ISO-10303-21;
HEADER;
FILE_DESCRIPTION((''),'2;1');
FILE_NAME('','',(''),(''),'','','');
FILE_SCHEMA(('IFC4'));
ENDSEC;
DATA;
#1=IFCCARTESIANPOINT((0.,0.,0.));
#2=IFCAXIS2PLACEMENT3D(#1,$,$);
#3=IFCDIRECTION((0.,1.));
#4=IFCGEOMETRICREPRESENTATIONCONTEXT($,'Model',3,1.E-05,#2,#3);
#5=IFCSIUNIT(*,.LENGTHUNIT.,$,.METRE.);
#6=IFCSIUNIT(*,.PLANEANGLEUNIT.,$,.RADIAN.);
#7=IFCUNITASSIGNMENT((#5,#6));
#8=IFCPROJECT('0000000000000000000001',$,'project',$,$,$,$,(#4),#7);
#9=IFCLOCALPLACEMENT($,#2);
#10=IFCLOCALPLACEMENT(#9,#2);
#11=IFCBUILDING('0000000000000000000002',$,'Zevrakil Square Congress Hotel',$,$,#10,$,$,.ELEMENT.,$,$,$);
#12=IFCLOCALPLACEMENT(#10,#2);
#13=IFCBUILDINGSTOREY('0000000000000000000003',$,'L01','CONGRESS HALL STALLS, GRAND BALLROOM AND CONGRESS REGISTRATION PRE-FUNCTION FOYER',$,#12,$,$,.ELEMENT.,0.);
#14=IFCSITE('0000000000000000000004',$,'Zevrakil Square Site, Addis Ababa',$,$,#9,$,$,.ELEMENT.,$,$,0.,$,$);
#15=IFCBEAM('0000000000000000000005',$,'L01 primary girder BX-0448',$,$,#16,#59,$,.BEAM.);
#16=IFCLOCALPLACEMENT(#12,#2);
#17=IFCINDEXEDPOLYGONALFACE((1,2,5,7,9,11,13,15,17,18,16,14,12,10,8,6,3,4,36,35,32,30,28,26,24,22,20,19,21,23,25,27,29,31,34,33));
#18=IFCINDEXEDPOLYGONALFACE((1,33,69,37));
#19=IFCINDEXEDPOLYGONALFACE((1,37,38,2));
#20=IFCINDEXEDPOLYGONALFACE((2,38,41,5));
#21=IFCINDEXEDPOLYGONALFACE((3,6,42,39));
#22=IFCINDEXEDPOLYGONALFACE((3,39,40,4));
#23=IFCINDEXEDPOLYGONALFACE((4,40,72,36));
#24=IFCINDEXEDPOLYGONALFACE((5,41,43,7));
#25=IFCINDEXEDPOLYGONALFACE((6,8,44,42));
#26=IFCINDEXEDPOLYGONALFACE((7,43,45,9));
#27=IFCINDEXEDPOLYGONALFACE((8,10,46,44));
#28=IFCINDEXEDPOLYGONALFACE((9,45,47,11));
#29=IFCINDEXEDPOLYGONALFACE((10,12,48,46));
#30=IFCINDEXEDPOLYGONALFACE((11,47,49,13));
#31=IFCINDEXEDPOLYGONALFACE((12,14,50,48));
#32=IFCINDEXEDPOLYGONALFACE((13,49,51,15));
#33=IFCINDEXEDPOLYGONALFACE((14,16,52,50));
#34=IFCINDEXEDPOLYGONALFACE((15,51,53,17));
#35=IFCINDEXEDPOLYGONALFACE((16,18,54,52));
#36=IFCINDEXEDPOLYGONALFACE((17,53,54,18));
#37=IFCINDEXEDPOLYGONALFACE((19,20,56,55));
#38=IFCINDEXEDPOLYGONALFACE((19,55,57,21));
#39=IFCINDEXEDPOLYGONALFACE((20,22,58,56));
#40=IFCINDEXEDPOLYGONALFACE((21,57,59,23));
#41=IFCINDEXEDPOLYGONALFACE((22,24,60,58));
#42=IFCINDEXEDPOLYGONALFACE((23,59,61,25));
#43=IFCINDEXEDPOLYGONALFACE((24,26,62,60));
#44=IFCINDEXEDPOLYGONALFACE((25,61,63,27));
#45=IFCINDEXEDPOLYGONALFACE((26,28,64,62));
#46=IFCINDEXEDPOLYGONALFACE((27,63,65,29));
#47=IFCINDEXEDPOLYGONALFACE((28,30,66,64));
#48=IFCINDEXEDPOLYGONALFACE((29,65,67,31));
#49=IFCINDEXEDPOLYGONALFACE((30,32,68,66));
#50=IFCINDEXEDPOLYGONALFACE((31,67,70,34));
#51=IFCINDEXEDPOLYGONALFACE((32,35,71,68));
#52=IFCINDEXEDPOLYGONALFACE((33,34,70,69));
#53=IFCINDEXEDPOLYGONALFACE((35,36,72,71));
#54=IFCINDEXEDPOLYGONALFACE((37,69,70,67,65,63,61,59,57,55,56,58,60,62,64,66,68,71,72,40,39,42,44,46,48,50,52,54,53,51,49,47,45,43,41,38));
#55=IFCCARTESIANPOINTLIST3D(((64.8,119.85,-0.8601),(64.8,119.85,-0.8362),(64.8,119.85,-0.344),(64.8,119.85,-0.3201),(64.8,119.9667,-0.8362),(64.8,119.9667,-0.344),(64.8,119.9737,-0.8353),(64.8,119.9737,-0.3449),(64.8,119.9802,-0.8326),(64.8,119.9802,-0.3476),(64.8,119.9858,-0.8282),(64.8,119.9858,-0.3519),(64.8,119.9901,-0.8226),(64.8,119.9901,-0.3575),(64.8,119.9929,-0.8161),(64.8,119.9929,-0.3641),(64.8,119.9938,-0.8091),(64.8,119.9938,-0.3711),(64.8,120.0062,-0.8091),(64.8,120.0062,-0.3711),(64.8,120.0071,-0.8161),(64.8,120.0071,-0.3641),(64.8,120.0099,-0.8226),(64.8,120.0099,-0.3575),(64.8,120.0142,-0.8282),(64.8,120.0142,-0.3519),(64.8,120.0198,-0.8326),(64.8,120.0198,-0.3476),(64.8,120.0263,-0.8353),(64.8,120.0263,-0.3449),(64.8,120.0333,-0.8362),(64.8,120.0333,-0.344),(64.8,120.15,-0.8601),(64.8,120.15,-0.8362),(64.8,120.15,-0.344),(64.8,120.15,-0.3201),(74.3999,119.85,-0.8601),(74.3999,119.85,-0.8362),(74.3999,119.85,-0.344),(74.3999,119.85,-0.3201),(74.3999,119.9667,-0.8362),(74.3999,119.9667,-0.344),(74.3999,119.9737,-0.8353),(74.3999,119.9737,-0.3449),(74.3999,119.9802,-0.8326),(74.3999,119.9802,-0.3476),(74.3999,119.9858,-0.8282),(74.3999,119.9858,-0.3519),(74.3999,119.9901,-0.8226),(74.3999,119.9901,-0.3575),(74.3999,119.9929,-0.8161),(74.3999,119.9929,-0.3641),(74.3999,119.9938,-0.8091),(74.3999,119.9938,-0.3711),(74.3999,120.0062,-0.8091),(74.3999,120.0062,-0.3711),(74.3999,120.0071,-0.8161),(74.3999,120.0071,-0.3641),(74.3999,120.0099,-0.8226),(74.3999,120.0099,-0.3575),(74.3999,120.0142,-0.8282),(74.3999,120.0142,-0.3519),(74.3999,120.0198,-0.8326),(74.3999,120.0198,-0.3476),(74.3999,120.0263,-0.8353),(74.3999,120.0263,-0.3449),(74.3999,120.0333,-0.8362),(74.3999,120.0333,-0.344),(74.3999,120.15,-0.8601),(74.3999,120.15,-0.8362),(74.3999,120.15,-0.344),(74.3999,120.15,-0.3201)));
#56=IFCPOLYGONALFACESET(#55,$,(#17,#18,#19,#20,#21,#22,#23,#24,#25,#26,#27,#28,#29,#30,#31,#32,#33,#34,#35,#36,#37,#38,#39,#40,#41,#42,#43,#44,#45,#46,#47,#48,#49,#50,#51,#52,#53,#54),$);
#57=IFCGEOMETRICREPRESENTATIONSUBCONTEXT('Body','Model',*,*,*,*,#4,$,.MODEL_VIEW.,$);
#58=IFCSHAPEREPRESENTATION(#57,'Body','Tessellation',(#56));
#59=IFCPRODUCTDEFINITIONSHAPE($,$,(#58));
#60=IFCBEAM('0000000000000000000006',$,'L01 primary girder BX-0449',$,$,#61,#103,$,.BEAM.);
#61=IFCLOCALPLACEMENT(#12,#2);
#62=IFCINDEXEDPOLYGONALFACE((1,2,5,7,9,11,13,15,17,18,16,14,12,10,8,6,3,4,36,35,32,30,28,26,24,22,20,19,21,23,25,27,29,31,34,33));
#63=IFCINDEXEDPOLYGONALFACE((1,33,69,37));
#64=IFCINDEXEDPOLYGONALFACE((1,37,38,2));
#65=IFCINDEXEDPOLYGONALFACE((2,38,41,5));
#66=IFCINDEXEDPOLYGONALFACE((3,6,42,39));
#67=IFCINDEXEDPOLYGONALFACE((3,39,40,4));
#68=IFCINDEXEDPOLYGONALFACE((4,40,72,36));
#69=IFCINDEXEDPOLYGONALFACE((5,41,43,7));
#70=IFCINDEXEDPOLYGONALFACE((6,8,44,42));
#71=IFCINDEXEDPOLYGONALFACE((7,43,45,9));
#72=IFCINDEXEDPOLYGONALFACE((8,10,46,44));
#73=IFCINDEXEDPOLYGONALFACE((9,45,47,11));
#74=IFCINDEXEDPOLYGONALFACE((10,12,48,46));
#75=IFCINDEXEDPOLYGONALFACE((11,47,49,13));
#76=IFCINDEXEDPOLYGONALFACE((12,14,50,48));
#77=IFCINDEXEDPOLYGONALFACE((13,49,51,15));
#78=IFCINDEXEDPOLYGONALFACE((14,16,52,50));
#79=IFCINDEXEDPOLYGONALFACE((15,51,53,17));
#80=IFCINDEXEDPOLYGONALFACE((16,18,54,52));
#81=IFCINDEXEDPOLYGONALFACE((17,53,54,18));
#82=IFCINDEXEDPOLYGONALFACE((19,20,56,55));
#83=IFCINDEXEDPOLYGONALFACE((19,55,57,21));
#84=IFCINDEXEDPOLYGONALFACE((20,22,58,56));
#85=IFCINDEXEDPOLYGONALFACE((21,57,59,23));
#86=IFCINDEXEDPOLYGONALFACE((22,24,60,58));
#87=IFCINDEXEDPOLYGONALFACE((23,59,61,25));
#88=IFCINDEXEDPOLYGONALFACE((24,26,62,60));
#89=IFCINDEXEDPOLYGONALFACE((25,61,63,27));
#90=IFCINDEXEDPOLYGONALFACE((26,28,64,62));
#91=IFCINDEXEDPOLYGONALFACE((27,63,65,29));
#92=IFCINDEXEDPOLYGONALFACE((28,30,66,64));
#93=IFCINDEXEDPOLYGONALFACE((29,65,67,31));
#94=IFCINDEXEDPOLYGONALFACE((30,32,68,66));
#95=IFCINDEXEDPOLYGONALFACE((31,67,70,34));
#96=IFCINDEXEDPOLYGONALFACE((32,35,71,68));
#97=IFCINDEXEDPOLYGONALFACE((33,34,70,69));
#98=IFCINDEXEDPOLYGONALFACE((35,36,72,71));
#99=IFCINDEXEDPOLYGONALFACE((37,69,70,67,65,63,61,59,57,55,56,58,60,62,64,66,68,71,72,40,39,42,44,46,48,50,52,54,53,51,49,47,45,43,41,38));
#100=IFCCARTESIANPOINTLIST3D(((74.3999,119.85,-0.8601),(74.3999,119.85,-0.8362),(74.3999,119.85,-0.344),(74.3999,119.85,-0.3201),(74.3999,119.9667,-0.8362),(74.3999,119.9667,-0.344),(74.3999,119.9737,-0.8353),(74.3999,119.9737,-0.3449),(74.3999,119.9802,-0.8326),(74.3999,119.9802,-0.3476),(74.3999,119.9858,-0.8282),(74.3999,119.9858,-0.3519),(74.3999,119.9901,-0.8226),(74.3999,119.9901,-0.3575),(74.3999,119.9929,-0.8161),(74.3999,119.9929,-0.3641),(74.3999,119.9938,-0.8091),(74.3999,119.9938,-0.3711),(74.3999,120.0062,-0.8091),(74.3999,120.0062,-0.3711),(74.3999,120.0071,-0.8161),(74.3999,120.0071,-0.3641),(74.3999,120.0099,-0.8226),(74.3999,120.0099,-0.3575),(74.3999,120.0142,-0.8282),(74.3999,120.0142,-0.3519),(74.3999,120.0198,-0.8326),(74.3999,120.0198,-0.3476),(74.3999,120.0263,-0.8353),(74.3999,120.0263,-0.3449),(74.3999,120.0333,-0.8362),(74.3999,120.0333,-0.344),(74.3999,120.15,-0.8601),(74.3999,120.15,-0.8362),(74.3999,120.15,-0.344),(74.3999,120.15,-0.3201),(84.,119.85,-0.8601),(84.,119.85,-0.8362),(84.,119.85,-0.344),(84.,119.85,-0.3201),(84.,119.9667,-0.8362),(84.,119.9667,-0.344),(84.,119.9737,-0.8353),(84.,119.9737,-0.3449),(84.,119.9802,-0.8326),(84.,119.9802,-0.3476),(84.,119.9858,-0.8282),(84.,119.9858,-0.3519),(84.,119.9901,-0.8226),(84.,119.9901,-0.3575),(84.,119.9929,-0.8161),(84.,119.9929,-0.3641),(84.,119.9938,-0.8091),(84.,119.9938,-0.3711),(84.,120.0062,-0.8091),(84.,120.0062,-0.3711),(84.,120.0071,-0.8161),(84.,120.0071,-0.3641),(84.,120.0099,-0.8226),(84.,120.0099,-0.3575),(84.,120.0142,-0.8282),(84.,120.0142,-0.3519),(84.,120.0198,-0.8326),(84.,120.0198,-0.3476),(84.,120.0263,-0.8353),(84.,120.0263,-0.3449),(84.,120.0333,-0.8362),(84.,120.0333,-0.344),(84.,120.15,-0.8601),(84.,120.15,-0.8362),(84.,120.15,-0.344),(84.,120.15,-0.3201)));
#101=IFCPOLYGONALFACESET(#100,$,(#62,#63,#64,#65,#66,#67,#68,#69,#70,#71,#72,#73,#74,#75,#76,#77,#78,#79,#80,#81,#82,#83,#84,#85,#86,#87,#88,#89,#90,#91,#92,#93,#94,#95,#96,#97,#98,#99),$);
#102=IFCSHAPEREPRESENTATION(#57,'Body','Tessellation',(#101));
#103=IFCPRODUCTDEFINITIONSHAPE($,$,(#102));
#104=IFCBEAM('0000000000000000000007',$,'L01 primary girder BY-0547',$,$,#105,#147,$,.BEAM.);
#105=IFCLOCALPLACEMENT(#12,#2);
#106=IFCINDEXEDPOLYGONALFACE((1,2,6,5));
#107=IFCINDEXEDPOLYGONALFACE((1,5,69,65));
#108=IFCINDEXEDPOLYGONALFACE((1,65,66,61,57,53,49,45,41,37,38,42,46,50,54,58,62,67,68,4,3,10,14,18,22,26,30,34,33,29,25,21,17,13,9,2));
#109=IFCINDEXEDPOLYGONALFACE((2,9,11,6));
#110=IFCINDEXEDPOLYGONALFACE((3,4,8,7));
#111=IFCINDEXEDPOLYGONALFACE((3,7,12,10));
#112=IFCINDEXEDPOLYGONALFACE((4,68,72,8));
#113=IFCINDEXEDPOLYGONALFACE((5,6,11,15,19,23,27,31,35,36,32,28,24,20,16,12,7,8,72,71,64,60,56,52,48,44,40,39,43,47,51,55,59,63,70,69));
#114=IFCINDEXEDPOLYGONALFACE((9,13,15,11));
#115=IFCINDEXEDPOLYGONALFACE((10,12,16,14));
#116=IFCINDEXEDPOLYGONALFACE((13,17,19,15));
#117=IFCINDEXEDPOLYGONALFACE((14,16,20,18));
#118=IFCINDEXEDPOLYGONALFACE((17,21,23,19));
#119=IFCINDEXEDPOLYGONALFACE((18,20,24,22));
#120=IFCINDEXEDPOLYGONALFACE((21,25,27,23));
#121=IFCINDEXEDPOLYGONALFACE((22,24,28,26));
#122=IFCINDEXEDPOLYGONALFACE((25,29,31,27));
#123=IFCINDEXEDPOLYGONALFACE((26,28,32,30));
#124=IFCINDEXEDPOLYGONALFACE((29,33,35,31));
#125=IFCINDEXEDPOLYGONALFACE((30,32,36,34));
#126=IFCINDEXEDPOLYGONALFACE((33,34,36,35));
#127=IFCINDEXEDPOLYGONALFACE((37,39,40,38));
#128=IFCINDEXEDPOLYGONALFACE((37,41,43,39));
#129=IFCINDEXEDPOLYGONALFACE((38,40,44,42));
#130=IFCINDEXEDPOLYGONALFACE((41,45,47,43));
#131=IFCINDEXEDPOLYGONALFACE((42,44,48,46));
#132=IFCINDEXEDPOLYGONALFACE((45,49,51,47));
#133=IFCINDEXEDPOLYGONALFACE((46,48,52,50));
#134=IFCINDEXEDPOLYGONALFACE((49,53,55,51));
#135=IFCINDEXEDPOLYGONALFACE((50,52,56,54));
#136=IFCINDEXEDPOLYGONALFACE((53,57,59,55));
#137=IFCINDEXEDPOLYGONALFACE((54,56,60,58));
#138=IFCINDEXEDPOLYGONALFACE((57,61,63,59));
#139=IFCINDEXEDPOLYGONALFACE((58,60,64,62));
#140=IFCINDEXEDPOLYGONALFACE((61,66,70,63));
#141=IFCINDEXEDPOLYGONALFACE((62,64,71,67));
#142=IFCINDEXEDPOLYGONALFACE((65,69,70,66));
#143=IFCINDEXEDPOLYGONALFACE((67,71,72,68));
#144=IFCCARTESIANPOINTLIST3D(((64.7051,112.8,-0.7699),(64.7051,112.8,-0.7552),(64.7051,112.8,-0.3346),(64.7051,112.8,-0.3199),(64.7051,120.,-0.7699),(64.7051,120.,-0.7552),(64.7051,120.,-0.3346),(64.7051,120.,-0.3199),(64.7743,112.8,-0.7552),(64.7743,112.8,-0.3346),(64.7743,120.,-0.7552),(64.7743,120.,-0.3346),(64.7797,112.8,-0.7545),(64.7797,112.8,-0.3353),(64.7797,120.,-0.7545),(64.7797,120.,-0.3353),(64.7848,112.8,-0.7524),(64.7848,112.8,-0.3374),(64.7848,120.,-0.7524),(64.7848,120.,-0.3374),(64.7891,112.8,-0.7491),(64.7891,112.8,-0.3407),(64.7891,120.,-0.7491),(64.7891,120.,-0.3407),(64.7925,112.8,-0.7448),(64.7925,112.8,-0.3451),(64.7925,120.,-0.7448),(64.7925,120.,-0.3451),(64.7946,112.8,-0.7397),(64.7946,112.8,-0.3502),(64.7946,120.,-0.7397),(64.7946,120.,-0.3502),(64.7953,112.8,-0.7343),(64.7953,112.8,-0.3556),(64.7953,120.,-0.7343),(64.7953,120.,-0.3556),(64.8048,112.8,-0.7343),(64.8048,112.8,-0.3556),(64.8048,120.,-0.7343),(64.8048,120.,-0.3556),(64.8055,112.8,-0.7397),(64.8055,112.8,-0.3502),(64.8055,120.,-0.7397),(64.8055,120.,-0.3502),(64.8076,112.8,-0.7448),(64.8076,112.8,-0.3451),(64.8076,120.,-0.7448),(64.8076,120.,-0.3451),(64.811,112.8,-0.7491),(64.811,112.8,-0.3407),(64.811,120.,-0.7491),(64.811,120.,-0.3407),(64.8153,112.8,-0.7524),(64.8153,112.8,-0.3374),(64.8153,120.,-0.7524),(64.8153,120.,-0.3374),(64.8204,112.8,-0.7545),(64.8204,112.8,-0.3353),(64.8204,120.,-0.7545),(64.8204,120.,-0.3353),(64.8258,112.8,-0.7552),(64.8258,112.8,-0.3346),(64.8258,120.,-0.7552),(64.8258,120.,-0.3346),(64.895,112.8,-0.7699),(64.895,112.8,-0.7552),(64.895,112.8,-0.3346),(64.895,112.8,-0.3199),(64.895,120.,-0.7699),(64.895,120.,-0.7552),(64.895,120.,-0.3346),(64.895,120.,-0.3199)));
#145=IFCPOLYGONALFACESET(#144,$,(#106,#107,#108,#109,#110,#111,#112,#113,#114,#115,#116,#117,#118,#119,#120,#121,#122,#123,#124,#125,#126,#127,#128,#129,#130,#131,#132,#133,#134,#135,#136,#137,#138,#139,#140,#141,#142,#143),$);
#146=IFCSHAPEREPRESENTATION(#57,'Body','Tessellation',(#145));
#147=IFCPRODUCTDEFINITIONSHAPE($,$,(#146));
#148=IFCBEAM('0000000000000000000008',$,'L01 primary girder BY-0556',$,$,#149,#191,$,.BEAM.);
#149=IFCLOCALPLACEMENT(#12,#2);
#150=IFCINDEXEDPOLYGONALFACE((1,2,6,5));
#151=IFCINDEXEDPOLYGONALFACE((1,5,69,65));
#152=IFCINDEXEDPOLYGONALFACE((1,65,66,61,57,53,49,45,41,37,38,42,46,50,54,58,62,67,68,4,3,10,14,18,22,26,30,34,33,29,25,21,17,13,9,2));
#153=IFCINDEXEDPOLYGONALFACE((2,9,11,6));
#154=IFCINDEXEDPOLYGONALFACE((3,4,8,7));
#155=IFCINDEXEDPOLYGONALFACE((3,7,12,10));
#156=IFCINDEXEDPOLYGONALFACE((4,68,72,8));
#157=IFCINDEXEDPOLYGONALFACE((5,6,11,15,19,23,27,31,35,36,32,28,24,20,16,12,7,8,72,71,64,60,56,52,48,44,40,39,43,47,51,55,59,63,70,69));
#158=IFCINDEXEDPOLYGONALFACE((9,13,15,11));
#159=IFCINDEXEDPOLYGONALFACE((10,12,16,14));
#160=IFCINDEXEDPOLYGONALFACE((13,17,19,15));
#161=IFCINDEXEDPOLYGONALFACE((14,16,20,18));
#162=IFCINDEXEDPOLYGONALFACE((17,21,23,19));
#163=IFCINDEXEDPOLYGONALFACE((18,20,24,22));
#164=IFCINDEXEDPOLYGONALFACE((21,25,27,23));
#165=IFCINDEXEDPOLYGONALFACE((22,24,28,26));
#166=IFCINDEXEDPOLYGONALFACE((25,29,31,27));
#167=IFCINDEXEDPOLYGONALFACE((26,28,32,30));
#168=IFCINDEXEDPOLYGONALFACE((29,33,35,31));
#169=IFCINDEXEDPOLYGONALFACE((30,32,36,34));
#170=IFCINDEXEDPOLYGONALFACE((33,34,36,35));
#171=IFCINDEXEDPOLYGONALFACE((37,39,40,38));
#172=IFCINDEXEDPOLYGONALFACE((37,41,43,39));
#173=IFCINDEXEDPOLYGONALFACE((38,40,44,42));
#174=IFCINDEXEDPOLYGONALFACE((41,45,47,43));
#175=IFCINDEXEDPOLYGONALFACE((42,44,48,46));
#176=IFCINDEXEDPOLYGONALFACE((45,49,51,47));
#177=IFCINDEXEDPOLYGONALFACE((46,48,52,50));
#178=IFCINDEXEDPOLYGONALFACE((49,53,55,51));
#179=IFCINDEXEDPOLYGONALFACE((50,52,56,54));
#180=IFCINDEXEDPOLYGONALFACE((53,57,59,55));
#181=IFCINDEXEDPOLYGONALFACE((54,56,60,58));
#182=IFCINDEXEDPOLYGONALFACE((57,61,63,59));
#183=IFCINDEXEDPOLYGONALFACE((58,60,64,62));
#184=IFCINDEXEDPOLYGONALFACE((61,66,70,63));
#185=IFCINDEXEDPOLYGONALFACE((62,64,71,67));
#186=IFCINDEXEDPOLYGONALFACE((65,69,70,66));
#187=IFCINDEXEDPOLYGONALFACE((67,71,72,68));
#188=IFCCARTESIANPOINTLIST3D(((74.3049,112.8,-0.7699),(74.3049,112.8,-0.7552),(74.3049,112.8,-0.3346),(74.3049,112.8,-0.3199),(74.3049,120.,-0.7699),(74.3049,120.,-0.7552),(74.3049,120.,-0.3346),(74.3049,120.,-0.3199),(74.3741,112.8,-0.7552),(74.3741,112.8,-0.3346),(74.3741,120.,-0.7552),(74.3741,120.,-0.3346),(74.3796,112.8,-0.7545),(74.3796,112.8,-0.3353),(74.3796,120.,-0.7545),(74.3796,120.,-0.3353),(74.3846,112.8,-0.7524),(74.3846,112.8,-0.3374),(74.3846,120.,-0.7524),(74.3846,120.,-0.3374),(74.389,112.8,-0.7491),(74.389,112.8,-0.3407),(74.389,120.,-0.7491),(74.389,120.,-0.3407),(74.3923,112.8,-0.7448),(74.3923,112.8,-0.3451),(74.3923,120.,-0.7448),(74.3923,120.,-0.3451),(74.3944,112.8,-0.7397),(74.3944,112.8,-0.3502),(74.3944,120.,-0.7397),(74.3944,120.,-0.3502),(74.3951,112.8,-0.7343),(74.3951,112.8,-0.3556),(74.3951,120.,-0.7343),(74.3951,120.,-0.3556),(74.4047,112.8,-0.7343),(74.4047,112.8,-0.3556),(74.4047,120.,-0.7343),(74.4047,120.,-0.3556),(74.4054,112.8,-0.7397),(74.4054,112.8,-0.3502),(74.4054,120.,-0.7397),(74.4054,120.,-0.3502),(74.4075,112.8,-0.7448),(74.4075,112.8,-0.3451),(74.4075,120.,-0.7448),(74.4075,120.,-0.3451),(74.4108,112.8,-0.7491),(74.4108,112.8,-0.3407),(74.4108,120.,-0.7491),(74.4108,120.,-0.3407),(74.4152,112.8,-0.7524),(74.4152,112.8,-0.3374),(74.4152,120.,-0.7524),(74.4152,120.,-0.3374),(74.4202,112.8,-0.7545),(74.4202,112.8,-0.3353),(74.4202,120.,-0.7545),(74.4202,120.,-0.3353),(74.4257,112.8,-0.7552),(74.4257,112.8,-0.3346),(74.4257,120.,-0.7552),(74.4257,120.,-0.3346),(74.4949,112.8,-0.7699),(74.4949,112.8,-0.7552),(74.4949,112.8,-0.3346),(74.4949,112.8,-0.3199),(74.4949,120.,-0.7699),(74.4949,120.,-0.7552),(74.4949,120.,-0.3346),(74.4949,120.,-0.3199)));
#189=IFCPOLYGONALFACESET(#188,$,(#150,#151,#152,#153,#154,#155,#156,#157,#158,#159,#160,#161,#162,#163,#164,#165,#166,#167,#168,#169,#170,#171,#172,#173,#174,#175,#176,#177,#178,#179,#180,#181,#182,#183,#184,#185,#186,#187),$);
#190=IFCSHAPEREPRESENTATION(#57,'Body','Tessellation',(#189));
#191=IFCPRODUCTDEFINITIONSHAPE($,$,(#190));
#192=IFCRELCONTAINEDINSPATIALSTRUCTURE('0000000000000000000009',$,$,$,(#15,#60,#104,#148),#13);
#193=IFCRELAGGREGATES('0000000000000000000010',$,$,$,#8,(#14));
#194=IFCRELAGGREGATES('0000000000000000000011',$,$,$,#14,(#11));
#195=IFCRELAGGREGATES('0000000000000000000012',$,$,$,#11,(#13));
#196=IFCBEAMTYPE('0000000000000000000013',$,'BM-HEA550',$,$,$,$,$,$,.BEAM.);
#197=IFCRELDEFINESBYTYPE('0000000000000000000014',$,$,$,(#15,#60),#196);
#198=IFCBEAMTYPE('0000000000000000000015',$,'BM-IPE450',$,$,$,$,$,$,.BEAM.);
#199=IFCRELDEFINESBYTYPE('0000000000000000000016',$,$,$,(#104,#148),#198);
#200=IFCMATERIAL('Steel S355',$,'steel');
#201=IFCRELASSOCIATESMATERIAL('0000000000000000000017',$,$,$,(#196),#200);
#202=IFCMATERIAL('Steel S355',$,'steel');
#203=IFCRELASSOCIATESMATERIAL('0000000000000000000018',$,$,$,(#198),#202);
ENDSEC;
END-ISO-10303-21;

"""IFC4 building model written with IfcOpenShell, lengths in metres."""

from ifc_helpers import new_model, si_unit, direction, frame, origin, origin_2d, place, context, subcontext, project, spatial, i_section, extrude, material, material_profile, profile_set, type_object, element, save


model = new_model("IFC4")

# Units and contexts
model_context = context("Model", 3, precision=1e-05, world=origin(), true_north=direction((0.0, 1.0)))
body_context = subcontext(model_context, "Body", "Model", "MODEL_VIEW")
ifc_project = project(units=[si_unit("LENGTHUNIT", "METRE"), si_unit("PLANEANGLEUNIT", "RADIAN")], contexts=[model_context])

# Site, building, storey
site_placement = place(None, origin())
site = spatial("IfcSite", under=ifc_project, at=site_placement, Name="Zevrakil Square Site, Addis Ababa", CompositionType="ELEMENT", RefElevation=0.0)
building_placement = place(site_placement, origin())
building = spatial("IfcBuilding", under=site, at=building_placement, Name="Zevrakil Square Congress Hotel", CompositionType="ELEMENT")
storey_placement = place(building_placement, origin())
storey = spatial("IfcBuildingStorey", under=building, at=storey_placement, Name="L01", Description="CONGRESS HALL STALLS, GRAND BALLROOM AND CONGRESS REGISTRATION PRE-FUNCTION FOYER", CompositionType="ELEMENT", Elevation=0.0)

# Beams
ifc_material_1 = material(Name="Steel S355", Category="steel")
ifc_material_profile_1 = material_profile(ifc_material_1, i_section(OverallWidth=0.3, OverallDepth=0.54, WebThickness=0.0125, FlangeThickness=0.0239, FilletRadius=0.0271, at=origin_2d()), Name="HEA 550")
ifc_profile_set_1 = profile_set([ifc_material_profile_1], Name="Steel S355")
beam_type_1 = type_object("IfcBeamType", Name="BM-HEA550", PredefinedType="BEAM", material=ifc_profile_set_1)
beam_1_placement = place(storey_placement, frame((64.8, 120.0, -0.5901), z_axis=(1.0, 0.0, 0.0), x_axis=(0.0, 1.0, 0.0)))
element("IfcBeam", 1, at=beam_1_placement, inside=storey, type_object=beam_type_1, Name="L01 primary girder BX-0448", PredefinedType="BEAM", context=body_context, shape_type="SweptSolid", body=[
    extrude(i_section(OverallWidth=0.3, OverallDepth=0.54, WebThickness=0.0125, FlangeThickness=0.0239, FilletRadius=0.0271, at=origin_2d()), origin(), (0.0, 0.0, 1.0), 9.5999),
])
beam_2_placement = place(storey_placement, frame((74.3999, 120.0, -0.5901), z_axis=(1.0, 0.0, 0.0), x_axis=(0.0, 1.0, 0.0)))
element("IfcBeam", 2, at=beam_2_placement, inside=storey, type_object=beam_type_1, Name="L01 primary girder BX-0449", PredefinedType="BEAM", context=body_context, shape_type="SweptSolid", body=[
    extrude(i_section(OverallWidth=0.3, OverallDepth=0.54, WebThickness=0.0125, FlangeThickness=0.0239, FilletRadius=0.0271, at=origin_2d()), origin(), (0.0, 0.0, 1.0), 9.6001),
])
ifc_material_2 = material(Name="Steel S355", Category="steel")
ifc_material_profile_2 = material_profile(ifc_material_2, i_section(OverallWidth=0.1899, OverallDepth=0.45, WebThickness=0.0095, FlangeThickness=0.0146, FilletRadius=0.021, at=origin_2d()), Name="IPE 450")
ifc_profile_set_2 = profile_set([ifc_material_profile_2], Name="Steel S355")
beam_type_2 = type_object("IfcBeamType", Name="BM-IPE450", PredefinedType="BEAM", material=ifc_profile_set_2)
for number, where, z_axis, x_axis, name in (
    (3, (64.8, 112.8, -0.5449), (0.0, 1.0, 0.0), (-1.0, 0.0, 0.0), "L01 primary girder BY-0547"),
    (4, (74.3999, 112.8, -0.5449), (0.0, 1.0, 0.0), (-1.0, 0.0, 0.0), "L01 primary girder BY-0556"),
):
    element("IfcBeam", number, at=place(storey_placement, frame(where, z_axis=z_axis, x_axis=x_axis)), inside=storey, type_object=beam_type_2, Name=name, PredefinedType="BEAM", context=body_context, shape_type="SweptSolid", body=[
        extrude(i_section(OverallWidth=0.1899, OverallDepth=0.45, WebThickness=0.0095, FlangeThickness=0.0146, FilletRadius=0.021, at=origin_2d()), origin(), (0.0, 0.0, 1.0), 7.2),
    ])

save(model, "model.ifc")
